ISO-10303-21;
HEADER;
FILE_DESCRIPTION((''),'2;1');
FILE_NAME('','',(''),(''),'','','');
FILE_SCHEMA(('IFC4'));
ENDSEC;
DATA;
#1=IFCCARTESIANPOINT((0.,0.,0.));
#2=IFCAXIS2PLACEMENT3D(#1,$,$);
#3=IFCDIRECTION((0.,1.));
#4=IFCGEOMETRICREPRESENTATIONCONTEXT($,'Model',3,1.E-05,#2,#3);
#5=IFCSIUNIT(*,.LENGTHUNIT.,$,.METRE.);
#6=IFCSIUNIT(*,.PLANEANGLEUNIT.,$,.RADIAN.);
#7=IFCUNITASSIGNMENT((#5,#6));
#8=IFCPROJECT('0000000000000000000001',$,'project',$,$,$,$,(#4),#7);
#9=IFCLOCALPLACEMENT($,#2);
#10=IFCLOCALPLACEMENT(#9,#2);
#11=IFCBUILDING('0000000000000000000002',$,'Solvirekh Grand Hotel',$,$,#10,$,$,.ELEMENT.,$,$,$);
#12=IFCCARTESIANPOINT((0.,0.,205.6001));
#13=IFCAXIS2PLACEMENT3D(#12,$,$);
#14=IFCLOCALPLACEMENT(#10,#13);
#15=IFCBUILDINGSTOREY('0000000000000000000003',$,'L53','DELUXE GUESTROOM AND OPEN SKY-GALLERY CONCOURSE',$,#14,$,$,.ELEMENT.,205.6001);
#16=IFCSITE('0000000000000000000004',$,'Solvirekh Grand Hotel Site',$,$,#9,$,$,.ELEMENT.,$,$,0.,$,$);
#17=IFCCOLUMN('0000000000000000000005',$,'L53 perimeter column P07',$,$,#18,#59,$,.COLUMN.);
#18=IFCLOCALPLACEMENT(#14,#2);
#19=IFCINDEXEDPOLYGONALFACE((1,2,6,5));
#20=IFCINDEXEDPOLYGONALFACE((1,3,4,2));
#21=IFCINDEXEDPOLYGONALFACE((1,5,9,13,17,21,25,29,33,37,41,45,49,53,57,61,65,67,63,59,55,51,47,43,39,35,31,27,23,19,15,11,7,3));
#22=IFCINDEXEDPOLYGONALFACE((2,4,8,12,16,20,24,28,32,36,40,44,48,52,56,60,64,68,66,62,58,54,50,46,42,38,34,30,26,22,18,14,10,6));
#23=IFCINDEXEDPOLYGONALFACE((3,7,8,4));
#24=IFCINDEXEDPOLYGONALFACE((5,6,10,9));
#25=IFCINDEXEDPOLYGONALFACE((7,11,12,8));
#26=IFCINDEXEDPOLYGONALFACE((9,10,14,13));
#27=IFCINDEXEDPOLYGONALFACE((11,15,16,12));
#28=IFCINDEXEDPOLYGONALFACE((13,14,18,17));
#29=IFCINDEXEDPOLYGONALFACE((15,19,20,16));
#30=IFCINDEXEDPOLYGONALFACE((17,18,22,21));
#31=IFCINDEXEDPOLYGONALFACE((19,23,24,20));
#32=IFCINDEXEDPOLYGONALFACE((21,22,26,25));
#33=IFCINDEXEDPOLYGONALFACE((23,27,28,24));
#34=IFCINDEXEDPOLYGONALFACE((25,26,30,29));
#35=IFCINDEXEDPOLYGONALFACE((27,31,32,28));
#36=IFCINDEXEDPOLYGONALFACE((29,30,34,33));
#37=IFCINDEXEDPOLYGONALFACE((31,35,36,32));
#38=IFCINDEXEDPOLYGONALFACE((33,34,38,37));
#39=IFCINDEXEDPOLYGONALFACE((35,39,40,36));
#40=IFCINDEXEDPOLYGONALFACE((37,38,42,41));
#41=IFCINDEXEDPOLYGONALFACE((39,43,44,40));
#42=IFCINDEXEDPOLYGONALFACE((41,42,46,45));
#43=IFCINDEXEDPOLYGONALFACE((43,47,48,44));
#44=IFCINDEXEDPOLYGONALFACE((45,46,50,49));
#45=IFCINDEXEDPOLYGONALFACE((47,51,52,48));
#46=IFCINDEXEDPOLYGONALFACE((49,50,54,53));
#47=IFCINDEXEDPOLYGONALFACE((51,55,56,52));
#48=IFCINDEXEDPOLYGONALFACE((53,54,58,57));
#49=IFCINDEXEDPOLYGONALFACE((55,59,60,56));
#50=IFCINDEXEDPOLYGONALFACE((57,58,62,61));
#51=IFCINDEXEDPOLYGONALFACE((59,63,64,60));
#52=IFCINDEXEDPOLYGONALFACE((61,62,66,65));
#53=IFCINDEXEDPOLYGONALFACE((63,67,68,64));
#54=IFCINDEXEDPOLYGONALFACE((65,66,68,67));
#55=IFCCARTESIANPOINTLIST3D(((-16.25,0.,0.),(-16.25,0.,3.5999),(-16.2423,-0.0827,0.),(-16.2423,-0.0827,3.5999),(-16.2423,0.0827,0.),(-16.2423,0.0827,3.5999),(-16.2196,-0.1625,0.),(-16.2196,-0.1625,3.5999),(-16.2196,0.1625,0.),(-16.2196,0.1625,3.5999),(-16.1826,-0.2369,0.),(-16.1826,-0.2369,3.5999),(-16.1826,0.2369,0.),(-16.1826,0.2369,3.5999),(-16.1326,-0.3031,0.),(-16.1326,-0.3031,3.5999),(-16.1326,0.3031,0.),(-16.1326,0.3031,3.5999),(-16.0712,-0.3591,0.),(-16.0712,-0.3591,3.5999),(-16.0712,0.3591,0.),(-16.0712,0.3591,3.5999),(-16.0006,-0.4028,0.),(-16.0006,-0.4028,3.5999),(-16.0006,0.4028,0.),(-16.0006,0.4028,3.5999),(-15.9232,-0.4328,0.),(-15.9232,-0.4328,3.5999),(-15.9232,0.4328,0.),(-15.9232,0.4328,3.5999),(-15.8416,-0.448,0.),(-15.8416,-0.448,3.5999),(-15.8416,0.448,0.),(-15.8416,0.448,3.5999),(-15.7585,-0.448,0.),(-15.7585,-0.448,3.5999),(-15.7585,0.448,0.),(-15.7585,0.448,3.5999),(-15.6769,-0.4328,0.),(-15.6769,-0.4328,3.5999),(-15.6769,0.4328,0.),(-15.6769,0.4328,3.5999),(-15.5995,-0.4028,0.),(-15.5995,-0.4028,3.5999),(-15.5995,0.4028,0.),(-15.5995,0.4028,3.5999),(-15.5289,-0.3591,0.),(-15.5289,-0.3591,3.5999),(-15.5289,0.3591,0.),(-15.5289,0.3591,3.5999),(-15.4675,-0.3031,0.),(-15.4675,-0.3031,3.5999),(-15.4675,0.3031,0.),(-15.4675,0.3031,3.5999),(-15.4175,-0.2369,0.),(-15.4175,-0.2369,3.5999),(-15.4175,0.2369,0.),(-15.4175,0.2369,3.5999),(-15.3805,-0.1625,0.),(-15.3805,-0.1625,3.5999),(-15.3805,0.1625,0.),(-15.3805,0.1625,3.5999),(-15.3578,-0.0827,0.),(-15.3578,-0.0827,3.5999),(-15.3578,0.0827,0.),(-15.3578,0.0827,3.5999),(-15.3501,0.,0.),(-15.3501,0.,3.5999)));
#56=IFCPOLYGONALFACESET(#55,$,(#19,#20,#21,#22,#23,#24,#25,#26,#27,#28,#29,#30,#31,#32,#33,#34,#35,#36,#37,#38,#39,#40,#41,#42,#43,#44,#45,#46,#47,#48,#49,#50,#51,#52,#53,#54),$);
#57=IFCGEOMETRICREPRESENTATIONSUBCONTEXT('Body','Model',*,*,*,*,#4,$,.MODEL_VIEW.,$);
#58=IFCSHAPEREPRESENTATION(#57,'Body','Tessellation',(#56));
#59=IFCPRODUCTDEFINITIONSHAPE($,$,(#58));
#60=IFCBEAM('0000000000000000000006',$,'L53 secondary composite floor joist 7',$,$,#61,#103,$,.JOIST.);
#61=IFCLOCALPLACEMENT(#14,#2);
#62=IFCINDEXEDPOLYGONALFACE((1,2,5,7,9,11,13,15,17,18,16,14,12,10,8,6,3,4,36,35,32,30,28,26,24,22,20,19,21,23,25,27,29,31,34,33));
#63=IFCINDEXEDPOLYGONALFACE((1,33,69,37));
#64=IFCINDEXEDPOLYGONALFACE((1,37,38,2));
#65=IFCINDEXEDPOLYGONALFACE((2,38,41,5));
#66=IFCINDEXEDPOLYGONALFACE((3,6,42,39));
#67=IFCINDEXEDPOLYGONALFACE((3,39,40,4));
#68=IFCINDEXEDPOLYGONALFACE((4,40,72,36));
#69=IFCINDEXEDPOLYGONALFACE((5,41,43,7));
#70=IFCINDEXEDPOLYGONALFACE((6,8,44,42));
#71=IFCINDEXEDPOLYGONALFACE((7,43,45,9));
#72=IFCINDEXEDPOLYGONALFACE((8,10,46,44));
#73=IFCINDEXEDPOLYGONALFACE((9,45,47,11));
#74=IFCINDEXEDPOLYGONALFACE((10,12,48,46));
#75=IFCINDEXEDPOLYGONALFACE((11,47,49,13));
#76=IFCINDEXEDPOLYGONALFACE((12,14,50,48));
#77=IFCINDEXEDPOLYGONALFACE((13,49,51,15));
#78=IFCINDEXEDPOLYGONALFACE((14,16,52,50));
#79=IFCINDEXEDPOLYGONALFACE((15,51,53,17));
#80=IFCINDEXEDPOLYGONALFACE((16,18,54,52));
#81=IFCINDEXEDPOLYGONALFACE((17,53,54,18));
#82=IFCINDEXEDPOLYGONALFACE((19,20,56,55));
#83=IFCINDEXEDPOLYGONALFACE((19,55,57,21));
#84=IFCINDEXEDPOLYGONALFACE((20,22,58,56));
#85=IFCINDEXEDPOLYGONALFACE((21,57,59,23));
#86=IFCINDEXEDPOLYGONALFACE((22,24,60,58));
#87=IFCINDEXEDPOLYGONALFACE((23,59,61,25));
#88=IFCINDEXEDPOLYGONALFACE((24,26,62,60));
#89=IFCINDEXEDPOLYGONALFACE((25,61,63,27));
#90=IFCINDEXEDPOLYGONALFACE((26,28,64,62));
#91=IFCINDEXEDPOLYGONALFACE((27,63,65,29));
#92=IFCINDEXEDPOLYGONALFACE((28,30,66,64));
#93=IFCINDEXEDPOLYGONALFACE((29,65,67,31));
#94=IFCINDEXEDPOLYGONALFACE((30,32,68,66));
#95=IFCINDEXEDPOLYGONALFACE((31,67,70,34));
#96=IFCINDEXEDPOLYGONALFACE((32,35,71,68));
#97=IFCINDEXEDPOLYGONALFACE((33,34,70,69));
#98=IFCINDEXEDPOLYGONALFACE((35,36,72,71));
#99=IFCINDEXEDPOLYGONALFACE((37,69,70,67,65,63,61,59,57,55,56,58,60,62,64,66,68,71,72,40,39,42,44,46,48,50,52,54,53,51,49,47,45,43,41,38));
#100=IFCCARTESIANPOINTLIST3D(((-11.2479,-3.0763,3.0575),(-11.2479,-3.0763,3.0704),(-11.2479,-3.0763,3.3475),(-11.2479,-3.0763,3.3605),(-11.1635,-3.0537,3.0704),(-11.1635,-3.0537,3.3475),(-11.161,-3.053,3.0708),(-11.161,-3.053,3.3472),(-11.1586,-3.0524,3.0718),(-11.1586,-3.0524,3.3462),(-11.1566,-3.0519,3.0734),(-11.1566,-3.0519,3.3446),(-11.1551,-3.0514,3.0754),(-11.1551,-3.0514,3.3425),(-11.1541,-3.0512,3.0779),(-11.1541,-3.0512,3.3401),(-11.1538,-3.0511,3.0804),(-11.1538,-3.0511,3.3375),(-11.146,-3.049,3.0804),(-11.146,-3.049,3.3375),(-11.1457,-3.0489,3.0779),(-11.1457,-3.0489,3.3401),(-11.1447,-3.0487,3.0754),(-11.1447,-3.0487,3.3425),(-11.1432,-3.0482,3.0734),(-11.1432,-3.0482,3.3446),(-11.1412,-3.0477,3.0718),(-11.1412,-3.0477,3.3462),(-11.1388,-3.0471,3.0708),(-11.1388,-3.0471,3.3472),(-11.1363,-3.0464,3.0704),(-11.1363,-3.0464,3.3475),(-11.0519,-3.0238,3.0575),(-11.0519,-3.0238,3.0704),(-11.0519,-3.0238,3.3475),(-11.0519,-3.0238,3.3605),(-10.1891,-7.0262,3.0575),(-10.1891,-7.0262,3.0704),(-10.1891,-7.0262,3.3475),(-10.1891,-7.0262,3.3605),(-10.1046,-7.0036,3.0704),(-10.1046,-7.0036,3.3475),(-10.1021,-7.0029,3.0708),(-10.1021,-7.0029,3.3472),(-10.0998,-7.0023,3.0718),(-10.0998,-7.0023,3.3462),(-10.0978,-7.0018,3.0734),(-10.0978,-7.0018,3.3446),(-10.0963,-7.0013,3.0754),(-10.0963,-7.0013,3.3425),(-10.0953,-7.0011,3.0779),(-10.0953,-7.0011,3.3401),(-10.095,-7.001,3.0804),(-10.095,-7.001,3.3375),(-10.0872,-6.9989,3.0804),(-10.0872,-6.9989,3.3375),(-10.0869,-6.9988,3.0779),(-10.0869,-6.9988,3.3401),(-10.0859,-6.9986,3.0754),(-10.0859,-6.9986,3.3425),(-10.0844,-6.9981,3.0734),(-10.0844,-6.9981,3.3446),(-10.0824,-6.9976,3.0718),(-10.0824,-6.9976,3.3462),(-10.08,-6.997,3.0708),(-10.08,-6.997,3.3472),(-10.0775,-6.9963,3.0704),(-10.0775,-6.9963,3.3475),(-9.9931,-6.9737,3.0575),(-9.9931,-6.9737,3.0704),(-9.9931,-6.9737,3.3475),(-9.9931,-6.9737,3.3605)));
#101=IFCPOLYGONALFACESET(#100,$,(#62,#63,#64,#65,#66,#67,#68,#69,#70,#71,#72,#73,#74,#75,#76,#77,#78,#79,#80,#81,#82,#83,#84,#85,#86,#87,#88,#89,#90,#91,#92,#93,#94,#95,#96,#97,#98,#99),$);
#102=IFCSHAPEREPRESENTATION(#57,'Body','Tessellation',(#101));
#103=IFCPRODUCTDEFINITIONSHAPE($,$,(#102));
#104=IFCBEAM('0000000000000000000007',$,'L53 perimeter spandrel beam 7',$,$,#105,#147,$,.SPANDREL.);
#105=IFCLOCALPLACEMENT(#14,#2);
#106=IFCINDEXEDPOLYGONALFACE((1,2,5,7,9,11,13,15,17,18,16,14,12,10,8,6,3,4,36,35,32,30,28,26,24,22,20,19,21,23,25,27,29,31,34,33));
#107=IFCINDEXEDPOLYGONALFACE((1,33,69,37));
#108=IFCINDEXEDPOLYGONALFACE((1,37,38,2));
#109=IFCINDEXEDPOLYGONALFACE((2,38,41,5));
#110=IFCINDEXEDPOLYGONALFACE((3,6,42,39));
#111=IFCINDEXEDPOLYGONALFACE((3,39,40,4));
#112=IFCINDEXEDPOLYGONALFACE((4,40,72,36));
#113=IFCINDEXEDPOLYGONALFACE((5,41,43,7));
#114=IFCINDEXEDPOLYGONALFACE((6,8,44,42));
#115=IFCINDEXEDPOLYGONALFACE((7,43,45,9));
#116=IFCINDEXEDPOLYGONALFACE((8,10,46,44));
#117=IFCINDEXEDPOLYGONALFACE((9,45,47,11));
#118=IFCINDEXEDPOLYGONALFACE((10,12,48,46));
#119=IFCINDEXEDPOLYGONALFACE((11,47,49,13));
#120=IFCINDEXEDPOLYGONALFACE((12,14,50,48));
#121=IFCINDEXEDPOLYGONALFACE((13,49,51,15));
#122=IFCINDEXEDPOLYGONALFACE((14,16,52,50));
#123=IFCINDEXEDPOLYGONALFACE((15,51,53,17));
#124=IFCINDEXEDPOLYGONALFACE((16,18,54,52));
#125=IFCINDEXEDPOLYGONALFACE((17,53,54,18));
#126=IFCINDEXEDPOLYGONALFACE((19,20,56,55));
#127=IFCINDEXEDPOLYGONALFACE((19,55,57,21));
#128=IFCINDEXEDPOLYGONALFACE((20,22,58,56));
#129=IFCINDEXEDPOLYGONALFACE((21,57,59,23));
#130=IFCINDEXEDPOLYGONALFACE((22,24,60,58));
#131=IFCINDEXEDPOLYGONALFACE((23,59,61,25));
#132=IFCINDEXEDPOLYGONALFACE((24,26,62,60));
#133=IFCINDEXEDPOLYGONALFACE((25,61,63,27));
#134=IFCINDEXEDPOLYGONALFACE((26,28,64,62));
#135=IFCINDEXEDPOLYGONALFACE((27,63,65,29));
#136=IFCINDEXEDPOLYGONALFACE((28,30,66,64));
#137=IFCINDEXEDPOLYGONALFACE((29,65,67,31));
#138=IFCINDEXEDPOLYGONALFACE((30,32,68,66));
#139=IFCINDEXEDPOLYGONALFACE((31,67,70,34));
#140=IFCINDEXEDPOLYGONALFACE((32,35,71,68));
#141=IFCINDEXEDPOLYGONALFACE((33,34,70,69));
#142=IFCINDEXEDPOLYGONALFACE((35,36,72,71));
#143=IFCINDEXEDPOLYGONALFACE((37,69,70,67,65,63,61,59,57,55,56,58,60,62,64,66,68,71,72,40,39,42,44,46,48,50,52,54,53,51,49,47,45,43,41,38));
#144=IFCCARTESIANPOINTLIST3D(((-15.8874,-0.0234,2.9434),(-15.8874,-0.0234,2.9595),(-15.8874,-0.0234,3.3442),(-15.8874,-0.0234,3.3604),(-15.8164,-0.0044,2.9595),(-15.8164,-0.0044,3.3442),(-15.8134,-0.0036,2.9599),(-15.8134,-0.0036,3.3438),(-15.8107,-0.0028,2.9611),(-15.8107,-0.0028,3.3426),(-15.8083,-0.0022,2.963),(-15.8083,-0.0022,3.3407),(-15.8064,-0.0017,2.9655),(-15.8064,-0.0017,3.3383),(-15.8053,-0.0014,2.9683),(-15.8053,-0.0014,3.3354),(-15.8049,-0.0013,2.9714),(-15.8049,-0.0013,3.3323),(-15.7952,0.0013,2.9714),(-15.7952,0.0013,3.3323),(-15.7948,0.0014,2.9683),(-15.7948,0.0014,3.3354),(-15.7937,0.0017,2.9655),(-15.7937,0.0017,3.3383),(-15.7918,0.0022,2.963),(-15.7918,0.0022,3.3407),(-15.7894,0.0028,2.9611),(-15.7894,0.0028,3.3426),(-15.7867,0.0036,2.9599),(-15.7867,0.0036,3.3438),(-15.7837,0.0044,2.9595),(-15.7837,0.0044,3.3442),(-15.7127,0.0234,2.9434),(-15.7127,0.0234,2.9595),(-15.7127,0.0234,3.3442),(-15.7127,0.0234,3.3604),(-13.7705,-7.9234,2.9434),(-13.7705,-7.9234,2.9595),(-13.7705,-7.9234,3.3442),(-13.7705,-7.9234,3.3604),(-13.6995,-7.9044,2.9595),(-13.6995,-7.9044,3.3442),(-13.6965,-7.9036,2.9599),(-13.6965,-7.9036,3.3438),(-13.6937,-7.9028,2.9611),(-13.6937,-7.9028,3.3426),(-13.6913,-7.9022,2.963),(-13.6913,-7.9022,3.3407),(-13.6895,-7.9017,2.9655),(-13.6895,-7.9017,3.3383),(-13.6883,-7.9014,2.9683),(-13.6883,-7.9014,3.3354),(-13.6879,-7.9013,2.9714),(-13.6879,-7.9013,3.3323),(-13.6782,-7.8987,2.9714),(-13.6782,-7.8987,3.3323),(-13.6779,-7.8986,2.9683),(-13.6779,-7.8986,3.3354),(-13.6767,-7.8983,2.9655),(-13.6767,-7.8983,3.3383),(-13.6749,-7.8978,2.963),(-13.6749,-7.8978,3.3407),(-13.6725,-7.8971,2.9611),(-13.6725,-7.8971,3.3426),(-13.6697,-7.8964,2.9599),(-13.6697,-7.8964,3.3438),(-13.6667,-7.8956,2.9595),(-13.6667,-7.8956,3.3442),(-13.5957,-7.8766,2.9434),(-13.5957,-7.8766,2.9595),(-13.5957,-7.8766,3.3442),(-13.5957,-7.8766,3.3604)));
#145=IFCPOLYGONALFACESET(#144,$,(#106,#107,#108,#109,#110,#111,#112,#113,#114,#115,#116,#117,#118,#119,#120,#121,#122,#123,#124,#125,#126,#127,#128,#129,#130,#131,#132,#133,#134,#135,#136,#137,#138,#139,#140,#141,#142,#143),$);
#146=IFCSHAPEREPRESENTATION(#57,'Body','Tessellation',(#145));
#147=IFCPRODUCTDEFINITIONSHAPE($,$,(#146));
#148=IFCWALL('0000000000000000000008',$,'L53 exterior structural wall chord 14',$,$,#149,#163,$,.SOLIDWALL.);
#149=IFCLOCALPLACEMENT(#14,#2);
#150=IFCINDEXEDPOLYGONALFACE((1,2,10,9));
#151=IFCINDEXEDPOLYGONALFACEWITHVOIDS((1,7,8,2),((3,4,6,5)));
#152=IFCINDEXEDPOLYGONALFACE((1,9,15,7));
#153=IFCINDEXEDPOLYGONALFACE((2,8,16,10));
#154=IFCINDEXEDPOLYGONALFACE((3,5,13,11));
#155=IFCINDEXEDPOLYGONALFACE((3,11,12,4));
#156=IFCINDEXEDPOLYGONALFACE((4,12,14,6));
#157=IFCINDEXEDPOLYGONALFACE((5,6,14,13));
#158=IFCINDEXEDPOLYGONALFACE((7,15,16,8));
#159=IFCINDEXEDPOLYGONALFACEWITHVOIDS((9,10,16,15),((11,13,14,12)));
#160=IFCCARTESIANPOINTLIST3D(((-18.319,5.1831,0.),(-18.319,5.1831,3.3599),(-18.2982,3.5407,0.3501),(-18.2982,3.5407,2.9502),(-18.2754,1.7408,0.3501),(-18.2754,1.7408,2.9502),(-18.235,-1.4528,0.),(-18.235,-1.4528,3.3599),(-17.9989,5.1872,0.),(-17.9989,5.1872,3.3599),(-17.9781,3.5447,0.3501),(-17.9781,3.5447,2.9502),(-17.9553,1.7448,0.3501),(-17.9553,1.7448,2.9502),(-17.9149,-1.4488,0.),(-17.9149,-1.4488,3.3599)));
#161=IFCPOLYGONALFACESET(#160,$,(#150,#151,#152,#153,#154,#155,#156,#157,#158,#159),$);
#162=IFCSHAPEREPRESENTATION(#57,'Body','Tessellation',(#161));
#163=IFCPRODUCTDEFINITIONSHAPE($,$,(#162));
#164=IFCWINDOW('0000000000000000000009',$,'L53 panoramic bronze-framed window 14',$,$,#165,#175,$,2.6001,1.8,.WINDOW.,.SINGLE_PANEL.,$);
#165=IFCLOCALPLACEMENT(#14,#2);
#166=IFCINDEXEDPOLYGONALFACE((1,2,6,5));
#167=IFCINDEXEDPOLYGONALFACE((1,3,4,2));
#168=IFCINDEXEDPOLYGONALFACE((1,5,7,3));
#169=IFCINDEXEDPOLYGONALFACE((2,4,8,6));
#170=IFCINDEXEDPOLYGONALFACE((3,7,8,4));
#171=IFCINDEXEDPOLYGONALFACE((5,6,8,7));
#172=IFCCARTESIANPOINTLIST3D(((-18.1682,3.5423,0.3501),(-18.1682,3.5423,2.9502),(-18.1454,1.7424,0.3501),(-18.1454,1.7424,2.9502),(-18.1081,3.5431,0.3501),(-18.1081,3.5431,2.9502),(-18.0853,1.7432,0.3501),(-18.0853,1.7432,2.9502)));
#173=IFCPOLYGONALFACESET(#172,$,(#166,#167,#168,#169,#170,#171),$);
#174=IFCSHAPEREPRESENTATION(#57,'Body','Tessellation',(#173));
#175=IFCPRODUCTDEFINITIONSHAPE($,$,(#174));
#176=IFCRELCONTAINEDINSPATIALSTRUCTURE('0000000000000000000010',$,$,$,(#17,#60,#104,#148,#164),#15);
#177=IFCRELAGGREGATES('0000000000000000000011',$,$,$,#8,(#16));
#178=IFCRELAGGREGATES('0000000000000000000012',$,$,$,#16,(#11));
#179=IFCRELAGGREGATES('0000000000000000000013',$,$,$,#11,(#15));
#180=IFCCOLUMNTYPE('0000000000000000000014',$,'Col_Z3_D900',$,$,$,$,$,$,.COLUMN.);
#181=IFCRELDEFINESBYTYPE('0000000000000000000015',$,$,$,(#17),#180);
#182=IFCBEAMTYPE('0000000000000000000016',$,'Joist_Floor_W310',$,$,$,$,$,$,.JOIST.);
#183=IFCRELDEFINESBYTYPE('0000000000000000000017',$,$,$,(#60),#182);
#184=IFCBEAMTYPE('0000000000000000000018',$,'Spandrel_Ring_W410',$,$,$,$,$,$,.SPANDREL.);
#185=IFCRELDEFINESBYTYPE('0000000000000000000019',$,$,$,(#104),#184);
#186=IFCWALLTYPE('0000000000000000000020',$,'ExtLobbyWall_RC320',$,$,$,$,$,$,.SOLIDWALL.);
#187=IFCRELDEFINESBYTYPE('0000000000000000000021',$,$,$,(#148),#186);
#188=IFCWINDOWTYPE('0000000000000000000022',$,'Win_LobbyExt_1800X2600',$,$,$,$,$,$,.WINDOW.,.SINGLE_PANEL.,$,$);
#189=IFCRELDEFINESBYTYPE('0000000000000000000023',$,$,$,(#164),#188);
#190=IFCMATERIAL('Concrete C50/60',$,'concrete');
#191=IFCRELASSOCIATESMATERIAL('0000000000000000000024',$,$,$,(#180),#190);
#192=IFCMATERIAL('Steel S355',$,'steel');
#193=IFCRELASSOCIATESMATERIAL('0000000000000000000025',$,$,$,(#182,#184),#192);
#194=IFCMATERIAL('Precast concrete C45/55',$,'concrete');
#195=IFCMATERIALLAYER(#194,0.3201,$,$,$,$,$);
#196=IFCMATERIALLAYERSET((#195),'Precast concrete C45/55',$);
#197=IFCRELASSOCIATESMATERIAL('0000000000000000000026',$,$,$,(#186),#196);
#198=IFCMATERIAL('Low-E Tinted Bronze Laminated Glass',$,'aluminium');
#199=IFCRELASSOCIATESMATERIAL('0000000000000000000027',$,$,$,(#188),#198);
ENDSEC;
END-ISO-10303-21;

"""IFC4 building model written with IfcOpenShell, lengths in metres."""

from ifc_helpers import new_model, si_unit, direction, frame, frame_2d, origin, origin_2d, place, context, subcontext, project, spatial, rectangle, circle, i_section, extrude, material, layer, layer_set, material_profile, profile_set, type_object, element, fill, save


model = new_model("IFC4")

# Units and contexts
model_context = context("Model", 3, precision=1e-05, world=origin(), true_north=direction((0.0, 1.0)))
body_context = subcontext(model_context, "Body", "Model", "MODEL_VIEW")
ifc_project = project(units=[si_unit("LENGTHUNIT", "METRE"), si_unit("PLANEANGLEUNIT", "RADIAN")], contexts=[model_context])

# Site, building, storey
site_placement = place(None, origin())
site = spatial("IfcSite", under=ifc_project, at=site_placement, Name="Solvirekh Grand Hotel Site", CompositionType="ELEMENT", RefElevation=0.0)
building_placement = place(site_placement, origin())
building = spatial("IfcBuilding", under=site, at=building_placement, Name="Solvirekh Grand Hotel", CompositionType="ELEMENT")
storey_placement = place(building_placement, frame((0.0, 0.0, 205.6001)))
storey = spatial("IfcBuildingStorey", under=building, at=storey_placement, Name="L53", Description="DELUXE GUESTROOM AND OPEN SKY-GALLERY CONCOURSE", CompositionType="ELEMENT", Elevation=205.6001)

# Column
ifc_material_1 = material(Name="Concrete C50/60", Category="concrete")
ifc_material_profile_1 = material_profile(ifc_material_1, circle(Radius=0.45, at=origin_2d()), Name="RC CIRC D900")
ifc_profile_set_1 = profile_set([ifc_material_profile_1], Name="Concrete C50/60")
column_type = type_object("IfcColumnType", Name="Col_Z3_D900", PredefinedType="COLUMN", material=ifc_profile_set_1)
column_placement = place(storey_placement, frame((-15.8, 0.0, 0.0), z_axis=(0.0, 0.0, 1.0), x_axis=(1.0, 0.0, 0.0)))
element("IfcColumn", 1, at=column_placement, inside=storey, type_object=column_type, Name="L53 perimeter column P07", PredefinedType="COLUMN", context=body_context, shape_type="SweptSolid", body=[
    extrude(circle(Radius=0.45, at=origin_2d()), origin(), (0.0, 0.0, 1.0), 3.5999),
])

# Beams
ifc_material_2 = material(Name="Steel S355", Category="steel")
ifc_material_profile_2 = material_profile(ifc_material_2, i_section(OverallWidth=0.2029, OverallDepth=0.303, WebThickness=0.0081, FlangeThickness=0.0129, FilletRadius=0.01, at=origin_2d()), Name="W310X60")
ifc_profile_set_2 = profile_set([ifc_material_profile_2], Name="Steel S355")
beam_type_1 = type_object("IfcBeamType", Name="Joist_Floor_W310", PredefinedType="JOIST", material=ifc_profile_set_2)
beam_1_placement = place(storey_placement, frame((-11.1499, -3.05, 3.209), z_axis=(0.258922, -0.965898, 0.0), x_axis=(0.965898, 0.258922, 0.0)))
element("IfcBeam", 2, at=beam_1_placement, inside=storey, type_object=beam_type_1, Name="L53 secondary composite floor joist 7", PredefinedType="JOIST", context=body_context, shape_type="SweptSolid", body=[
    extrude(i_section(OverallWidth=0.2029, OverallDepth=0.303, WebThickness=0.0081, FlangeThickness=0.0129, FilletRadius=0.01, at=origin_2d()), origin(), (0.0, 0.0, 1.0), 4.0894),
])
ifc_material_profile_3 = material_profile(ifc_material_2, i_section(OverallWidth=0.1809, OverallDepth=0.417, WebThickness=0.01, FlangeThickness=0.0161, FilletRadius=0.012, at=origin_2d()), Name="W410X85")
ifc_profile_set_3 = profile_set([ifc_material_profile_3], Name="Steel S355")
beam_type_2 = type_object("IfcBeamType", Name="Spandrel_Ring_W410", PredefinedType="SPANDREL", material=ifc_profile_set_3)
beam_2_placement = place(storey_placement, frame((-15.8, 0.0, 3.1519), z_axis=(0.258839, -0.965921, 0.0), x_axis=(0.965921, 0.258839, 0.0)))
element("IfcBeam", 3, at=beam_2_placement, inside=storey, type_object=beam_type_2, Name="L53 perimeter spandrel beam 7", PredefinedType="SPANDREL", context=body_context, shape_type="SweptSolid", body=[
    extrude(i_section(OverallWidth=0.1809, OverallDepth=0.417, WebThickness=0.01, FlangeThickness=0.0161, FilletRadius=0.012, at=origin_2d()), origin(), (0.0, 0.0, 1.0), 8.1787),
])

# Wall, opening, window
ifc_material_3 = material(Name="Precast concrete C45/55", Category="concrete")
ifc_layer_1 = layer(ifc_material_3, 0.3201)
ifc_layer_set_1 = layer_set([ifc_layer_1], Name="Precast concrete C45/55")
wall_type_1 = type_object("IfcWallType", Name="ExtLobbyWall_RC320", PredefinedType="SOLIDWALL", material=ifc_layer_set_1)
wall_1_placement = place(storey_placement, frame((-18.075, -1.4509, 0.0), z_axis=(0.0, 0.0, 1.0), x_axis=(-0.012655, 0.99992, 0.0)))
wall_1 = element("IfcWall", 4, at=wall_1_placement, inside=storey, type_object=wall_type_1, Name="L53 exterior structural wall chord 14", PredefinedType="SOLIDWALL", context=body_context, shape_type="SweptSolid", body=[
    extrude(rectangle(XDim=6.6365, YDim=0.3201, at=frame_2d((3.3184, 0.0))), origin(), (0.0, 0.0, 1.0), 3.3599),
])
opening_1_placement = place(wall_1_placement, frame((3.1941, 0.0, 0.3501)))
opening_1 = element("IfcOpeningElement", 5, at=opening_1_placement, cuts=wall_1, PredefinedType="OPENING", context=body_context, shape_type="SweptSolid", body=[
    extrude(rectangle(XDim=1.8, YDim=2.6001, at=frame_2d((0.8999, 1.3))), frame((0.0, 0.1699, 0.0), z_axis=(0.0, -1.0, 0.0), x_axis=(1.0, 0.0, 0.0)), (0.0, 0.0, 1.0), 0.3401),
])
ifc_material_4 = material(Name="Low-E Tinted Bronze Laminated Glass", Category="aluminium")
window_type = type_object("IfcWindowType", Name="Win_LobbyExt_1800X2600", PartitioningType="SINGLE_PANEL", PredefinedType="WINDOW", material=ifc_material_4)
window_placement = place(opening_1_placement, origin())
window = element("IfcWindow", 6, at=window_placement, inside=storey, type_object=window_type, Name="L53 panoramic bronze-framed window 14", OverallHeight=2.6001, OverallWidth=1.8, PartitioningType="SINGLE_PANEL", PredefinedType="WINDOW", context=body_context, shape_type="SweptSolid", body=[
    extrude(rectangle(XDim=1.8, YDim=2.6001, at=frame_2d((0.8999, 1.3))), frame((0.0, 0.03, 0.0), z_axis=(0.0, -1.0, 0.0), x_axis=(1.0, 0.0, 0.0)), (0.0, 0.0, 1.0), 0.0601),
])
fill(opening_1, window)

save(model, "model.ifc")
